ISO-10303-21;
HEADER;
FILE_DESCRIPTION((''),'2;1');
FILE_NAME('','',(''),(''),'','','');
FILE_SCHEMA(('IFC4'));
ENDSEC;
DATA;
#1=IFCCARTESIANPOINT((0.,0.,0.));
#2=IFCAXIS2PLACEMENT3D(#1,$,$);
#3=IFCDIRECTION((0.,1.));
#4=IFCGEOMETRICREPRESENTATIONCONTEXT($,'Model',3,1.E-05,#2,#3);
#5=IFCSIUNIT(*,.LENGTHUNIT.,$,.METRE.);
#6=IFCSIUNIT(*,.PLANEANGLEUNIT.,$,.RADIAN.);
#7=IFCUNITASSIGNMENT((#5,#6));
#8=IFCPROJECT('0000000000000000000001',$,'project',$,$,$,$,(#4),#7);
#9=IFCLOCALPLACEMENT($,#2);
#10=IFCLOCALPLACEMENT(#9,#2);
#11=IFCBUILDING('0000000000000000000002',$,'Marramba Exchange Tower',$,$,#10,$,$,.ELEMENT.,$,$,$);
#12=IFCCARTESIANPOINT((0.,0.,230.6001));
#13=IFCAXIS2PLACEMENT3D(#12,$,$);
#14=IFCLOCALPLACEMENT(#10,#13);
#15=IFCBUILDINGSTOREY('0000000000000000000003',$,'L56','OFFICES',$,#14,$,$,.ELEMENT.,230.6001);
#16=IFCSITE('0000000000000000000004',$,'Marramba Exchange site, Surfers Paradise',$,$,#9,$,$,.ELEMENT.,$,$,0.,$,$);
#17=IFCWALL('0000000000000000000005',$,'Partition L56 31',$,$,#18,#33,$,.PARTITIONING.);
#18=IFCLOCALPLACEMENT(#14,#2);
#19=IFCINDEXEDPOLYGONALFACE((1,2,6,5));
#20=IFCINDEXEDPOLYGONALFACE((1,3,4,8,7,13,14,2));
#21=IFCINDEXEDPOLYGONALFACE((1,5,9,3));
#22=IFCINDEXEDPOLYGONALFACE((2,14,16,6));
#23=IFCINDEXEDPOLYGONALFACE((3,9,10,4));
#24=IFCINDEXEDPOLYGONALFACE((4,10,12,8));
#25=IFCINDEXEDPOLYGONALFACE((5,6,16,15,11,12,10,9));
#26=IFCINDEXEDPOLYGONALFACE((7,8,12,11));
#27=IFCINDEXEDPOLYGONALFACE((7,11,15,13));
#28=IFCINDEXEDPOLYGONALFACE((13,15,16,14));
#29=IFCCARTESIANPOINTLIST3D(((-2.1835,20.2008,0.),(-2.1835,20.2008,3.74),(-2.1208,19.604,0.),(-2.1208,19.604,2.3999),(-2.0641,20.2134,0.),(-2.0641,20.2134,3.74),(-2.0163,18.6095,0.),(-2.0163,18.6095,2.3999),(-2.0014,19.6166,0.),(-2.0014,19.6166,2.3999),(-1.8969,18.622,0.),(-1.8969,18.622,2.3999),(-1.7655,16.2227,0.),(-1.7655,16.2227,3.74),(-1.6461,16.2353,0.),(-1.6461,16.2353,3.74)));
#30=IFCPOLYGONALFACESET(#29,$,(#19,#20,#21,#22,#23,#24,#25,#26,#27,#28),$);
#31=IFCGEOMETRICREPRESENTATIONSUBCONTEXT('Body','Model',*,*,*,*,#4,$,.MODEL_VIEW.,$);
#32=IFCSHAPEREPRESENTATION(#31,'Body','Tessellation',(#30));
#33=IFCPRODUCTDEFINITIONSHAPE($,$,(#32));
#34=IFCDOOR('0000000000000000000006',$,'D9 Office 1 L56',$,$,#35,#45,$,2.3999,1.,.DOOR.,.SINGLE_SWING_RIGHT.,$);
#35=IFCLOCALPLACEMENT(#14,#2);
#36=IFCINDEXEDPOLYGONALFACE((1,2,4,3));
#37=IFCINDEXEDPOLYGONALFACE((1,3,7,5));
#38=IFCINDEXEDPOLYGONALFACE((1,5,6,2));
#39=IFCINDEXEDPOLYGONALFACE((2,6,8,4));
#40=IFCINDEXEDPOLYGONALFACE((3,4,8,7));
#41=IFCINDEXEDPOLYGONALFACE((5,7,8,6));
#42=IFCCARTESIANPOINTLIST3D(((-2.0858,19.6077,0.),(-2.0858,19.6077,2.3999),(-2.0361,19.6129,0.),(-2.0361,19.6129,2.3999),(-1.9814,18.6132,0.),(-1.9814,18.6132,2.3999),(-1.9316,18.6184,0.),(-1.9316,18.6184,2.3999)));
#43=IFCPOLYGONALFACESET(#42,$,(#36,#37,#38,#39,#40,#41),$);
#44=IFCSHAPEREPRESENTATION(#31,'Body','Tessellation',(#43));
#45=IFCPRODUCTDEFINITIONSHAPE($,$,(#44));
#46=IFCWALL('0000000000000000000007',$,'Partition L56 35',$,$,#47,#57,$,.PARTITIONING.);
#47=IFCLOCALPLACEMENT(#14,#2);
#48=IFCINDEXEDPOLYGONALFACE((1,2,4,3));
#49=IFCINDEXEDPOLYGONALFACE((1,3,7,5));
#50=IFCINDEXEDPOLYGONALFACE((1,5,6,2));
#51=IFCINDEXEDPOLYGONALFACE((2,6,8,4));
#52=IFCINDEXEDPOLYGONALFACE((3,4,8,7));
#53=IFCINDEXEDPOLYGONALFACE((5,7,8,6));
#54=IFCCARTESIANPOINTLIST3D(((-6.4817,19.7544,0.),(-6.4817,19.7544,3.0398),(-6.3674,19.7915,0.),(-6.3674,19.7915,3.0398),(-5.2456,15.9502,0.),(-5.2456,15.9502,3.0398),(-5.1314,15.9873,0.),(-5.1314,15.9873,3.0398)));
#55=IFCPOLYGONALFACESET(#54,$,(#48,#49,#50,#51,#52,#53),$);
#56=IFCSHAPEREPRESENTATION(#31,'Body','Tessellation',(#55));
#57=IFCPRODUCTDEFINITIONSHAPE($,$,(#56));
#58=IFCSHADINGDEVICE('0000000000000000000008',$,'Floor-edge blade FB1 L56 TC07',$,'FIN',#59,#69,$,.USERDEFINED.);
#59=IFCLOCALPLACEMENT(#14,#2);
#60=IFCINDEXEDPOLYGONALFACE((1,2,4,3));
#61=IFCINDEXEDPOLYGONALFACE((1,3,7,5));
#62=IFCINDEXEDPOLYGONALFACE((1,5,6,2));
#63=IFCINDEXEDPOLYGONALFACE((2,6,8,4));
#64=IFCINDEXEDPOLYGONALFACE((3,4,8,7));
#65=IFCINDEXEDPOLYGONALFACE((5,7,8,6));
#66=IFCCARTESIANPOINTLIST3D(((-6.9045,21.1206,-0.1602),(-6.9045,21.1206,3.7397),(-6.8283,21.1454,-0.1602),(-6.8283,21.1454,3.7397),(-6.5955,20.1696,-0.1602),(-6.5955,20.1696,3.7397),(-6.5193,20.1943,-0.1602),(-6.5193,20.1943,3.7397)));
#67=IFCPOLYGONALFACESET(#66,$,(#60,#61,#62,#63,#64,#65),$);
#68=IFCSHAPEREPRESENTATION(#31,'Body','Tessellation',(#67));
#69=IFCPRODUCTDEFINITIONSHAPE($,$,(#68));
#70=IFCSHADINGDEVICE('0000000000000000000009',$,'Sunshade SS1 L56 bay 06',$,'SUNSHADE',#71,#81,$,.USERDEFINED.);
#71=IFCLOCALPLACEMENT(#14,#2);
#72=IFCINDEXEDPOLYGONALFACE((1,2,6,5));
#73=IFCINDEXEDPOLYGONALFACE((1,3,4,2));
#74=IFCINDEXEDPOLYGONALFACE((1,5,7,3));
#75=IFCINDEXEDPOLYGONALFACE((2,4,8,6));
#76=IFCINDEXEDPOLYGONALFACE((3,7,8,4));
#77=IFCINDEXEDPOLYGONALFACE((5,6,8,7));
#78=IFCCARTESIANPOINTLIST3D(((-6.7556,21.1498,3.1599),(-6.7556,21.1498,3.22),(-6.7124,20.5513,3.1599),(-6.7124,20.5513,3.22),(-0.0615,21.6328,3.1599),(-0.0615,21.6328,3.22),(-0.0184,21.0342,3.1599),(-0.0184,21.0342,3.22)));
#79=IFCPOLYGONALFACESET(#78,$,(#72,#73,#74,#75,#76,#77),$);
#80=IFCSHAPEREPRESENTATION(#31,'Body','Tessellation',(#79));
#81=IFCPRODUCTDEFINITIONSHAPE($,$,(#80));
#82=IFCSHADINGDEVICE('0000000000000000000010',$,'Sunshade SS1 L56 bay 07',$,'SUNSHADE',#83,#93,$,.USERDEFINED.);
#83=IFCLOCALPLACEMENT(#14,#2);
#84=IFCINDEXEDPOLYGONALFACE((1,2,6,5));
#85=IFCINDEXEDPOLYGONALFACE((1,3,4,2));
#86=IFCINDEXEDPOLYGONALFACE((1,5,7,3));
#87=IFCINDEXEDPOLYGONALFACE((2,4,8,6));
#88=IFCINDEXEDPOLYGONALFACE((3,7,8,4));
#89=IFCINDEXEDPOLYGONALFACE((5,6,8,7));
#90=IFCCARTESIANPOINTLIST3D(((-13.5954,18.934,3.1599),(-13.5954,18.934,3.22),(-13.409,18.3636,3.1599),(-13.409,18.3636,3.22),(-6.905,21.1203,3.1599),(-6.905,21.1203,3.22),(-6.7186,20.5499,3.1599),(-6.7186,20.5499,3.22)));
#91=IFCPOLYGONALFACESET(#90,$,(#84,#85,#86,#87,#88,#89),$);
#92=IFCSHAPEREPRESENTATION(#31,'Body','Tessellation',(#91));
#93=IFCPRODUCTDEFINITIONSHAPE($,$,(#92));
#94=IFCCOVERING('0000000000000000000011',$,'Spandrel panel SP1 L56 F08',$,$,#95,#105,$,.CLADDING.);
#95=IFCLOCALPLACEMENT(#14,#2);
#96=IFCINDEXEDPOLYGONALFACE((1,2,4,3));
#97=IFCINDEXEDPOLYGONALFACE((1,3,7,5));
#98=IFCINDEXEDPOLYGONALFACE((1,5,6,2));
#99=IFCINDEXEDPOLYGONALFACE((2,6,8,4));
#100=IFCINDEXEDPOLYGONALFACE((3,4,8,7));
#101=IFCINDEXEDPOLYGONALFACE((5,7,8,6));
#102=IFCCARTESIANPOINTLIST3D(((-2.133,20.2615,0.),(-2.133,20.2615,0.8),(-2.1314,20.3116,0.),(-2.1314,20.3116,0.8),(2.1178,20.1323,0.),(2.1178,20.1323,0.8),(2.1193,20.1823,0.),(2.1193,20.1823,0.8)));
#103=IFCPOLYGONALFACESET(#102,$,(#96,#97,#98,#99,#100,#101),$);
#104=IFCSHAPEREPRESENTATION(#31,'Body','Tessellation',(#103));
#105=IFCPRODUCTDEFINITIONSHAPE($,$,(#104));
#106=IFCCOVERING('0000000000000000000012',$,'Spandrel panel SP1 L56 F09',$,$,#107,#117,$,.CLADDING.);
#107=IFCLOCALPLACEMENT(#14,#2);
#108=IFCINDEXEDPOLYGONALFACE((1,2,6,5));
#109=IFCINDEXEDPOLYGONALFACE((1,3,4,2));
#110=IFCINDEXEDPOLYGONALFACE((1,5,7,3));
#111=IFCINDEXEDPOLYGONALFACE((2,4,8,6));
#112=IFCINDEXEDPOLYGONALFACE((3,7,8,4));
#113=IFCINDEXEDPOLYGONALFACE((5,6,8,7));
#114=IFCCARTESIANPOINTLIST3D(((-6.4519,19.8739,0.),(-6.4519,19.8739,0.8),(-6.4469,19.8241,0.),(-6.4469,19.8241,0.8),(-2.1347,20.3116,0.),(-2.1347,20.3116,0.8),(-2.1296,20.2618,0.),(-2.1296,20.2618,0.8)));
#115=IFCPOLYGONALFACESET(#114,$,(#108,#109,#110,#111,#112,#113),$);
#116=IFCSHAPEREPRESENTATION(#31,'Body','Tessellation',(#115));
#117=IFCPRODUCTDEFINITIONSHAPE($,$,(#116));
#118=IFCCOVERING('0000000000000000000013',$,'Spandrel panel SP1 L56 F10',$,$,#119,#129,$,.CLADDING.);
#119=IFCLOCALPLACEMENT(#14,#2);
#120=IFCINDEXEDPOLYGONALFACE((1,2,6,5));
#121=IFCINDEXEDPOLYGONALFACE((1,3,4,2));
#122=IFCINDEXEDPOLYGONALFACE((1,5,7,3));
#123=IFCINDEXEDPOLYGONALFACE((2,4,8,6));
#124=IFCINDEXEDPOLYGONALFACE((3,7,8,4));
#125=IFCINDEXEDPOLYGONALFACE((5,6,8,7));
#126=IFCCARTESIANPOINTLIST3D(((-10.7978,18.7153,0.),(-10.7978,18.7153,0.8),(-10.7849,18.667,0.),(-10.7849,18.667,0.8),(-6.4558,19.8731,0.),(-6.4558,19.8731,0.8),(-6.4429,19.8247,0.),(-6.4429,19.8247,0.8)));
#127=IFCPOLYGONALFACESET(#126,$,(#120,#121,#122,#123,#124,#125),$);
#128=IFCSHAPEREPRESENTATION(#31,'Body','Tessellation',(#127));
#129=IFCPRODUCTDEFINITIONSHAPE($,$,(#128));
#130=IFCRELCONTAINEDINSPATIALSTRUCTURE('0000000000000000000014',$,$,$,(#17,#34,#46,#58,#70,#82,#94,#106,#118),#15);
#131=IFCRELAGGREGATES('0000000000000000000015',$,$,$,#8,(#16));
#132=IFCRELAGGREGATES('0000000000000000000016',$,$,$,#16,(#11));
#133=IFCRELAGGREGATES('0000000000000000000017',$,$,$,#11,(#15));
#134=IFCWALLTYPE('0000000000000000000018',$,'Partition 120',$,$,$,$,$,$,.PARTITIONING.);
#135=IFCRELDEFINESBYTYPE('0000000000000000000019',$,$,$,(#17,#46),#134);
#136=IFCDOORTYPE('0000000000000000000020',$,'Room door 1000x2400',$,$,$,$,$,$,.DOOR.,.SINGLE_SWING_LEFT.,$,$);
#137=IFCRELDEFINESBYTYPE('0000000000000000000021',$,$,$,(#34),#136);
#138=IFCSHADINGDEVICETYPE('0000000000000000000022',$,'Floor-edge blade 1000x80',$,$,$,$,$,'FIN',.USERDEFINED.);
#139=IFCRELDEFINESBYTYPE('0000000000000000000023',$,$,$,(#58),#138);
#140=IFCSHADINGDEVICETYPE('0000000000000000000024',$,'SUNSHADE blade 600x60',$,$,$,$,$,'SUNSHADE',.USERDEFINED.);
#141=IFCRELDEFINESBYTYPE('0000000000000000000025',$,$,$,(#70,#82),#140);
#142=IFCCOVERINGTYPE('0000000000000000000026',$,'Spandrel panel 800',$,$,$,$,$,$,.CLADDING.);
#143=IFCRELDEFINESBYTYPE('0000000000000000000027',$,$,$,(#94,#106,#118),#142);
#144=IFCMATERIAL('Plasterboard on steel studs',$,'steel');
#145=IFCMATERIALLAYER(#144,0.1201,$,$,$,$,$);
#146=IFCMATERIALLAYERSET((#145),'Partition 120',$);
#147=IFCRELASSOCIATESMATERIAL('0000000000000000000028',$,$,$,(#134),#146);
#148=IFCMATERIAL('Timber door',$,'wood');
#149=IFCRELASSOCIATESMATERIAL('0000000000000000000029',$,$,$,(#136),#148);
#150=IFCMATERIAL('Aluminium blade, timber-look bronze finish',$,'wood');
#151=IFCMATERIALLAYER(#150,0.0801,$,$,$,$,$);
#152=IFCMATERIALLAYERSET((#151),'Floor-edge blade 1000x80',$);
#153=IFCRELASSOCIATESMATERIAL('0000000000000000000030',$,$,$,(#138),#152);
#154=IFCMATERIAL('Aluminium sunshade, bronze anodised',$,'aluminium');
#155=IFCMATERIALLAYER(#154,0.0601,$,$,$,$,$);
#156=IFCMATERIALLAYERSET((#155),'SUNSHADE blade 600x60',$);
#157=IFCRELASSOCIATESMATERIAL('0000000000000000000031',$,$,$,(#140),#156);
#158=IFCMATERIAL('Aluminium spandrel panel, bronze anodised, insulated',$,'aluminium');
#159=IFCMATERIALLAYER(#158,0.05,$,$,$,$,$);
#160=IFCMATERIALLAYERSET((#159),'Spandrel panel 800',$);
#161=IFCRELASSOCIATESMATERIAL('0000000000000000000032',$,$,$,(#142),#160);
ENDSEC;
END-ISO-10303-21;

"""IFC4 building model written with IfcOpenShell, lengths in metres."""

from ifc_helpers import new_model, si_unit, direction, frame, frame_2d, origin, origin_2d, place, context, subcontext, project, spatial, rectangle, extrude, material, layer, layer_set, type_object, element, fill, save


model = new_model("IFC4")

# Units and contexts
model_context = context("Model", 3, precision=1e-05, world=origin(), true_north=direction((0.0, 1.0)))
body_context = subcontext(model_context, "Body", "Model", "MODEL_VIEW")
ifc_project = project(units=[si_unit("LENGTHUNIT", "METRE"), si_unit("PLANEANGLEUNIT", "RADIAN")], contexts=[model_context])

# Site, building, storey
site_placement = place(None, origin())
site = spatial("IfcSite", under=ifc_project, at=site_placement, Name="Marramba Exchange site, Surfers Paradise", CompositionType="ELEMENT", RefElevation=0.0)
building_placement = place(site_placement, origin())
building = spatial("IfcBuilding", under=site, at=building_placement, Name="Marramba Exchange Tower", CompositionType="ELEMENT")
storey_placement = place(building_placement, frame((0.0, 0.0, 230.6001)))
storey = spatial("IfcBuildingStorey", under=building, at=storey_placement, Name="L56", Description="OFFICES", CompositionType="ELEMENT", Elevation=230.6001)

# Wall, opening, door
ifc_material_1 = material(Name="Plasterboard on steel studs", Category="steel")
ifc_layer_1 = layer(ifc_material_1, 0.1201)
ifc_layer_set_1 = layer_set([ifc_layer_1], Name="Partition 120")
wall_type = type_object("IfcWallType", Name="Partition 120", PredefinedType="PARTITIONING", material=ifc_layer_set_1)
wall_1_placement = place(storey_placement, frame((-1.7058, 16.229, 0.0), z_axis=(0.0, 0.0, 1.0), x_axis=(-0.104494, 0.994526, 0.0)))
wall_1 = element("IfcWall", 1, at=wall_1_placement, inside=storey, type_object=wall_type, Name="Partition L56 31", PredefinedType="PARTITIONING", context=body_context, shape_type="SweptSolid", body=[
    extrude(rectangle(XDim=4.0, YDim=0.1201, at=frame_2d((2.0, 0.0))), origin(), (0.0, 0.0, 1.0), 3.74),
])
opening_placement = place(wall_1_placement, frame((2.3999, 0.0, 0.0)))
opening = element("IfcOpeningElement", 2, at=opening_placement, cuts=wall_1, PredefinedType="OPENING", context=body_context, shape_type="SweptSolid", body=[
    extrude(rectangle(XDim=1.0, YDim=2.3999, at=frame_2d((0.5, 1.2))), frame((0.0, 0.0701, 0.0), z_axis=(0.0, -1.0, 0.0), x_axis=(1.0, 0.0, 0.0)), (0.0, 0.0, 1.0), 0.1401),
])
ifc_material_2 = material(Name="Timber door", Category="wood")
door_type = type_object("IfcDoorType", Name="Room door 1000x2400", OperationType="SINGLE_SWING_LEFT", PredefinedType="DOOR", material=ifc_material_2)
door_placement = place(opening_placement, origin())
door = element("IfcDoor", 3, at=door_placement, inside=storey, type_object=door_type, Name="D9 Office 1 L56", OperationType="SINGLE_SWING_RIGHT", OverallHeight=2.3999, OverallWidth=1.0, PredefinedType="DOOR", context=body_context, shape_type="SweptSolid", body=[
    extrude(rectangle(XDim=1.0, YDim=2.3999, at=frame_2d((0.5, 1.2))), frame((0.0, 0.0249, 0.0), z_axis=(0.0, -1.0, 0.0), x_axis=(1.0, 0.0, 0.0)), (0.0, 0.0, 1.0), 0.05),
])
fill(opening, door)

# Wall
wall_2_placement = place(storey_placement, frame((-6.4246, 19.7729, 0.0), z_axis=(0.0, 0.0, 1.0), x_axis=(0.309023, -0.951055, 0.0)))
element("IfcWall", 4, at=wall_2_placement, inside=storey, type_object=wall_type, Name="Partition L56 35", PredefinedType="PARTITIONING", context=body_context, shape_type="SweptSolid", body=[
    extrude(rectangle(XDim=4.0, YDim=0.1201, at=frame_2d((2.0, 0.0))), origin(), (0.0, 0.0, 1.0), 3.0398),
])

# Shading devices
ifc_material_3 = material(Name="Aluminium blade, timber-look bronze finish", Category="wood")
ifc_layer_2 = layer(ifc_material_3, 0.0801)
ifc_layer_set_2 = layer_set([ifc_layer_2], Name="Floor-edge blade 1000x80")
shading_device_type_1 = type_object("IfcShadingDeviceType", Name="Floor-edge blade 1000x80", ElementType="FIN", PredefinedType="USERDEFINED", material=ifc_layer_set_2)
shading_device_1_placement = place(storey_placement, frame((-6.7119, 20.6575, -0.1602), z_axis=(0.0, 0.0, 1.0), x_axis=(-0.309017, 0.951057, 0.0)))
element("IfcShadingDevice", 5, at=shading_device_1_placement, inside=storey, type_object=shading_device_type_1, Name="Floor-edge blade FB1 L56 TC07", ObjectType="FIN", PredefinedType="USERDEFINED", context=body_context, shape_type="SweptSolid", body=[
    extrude(rectangle(XDim=1.0, YDim=0.0801, at=origin_2d()), origin(), (0.0, 0.0, 1.0), 3.8999),
])
ifc_material_4 = material(Name="Aluminium sunshade, bronze anodised", Category="aluminium")
ifc_layer_3 = layer(ifc_material_4, 0.0601)
ifc_layer_set_3 = layer_set([ifc_layer_3], Name="SUNSHADE blade 600x60")
shading_device_type_2 = type_object("IfcShadingDeviceType", Name="SUNSHADE blade 600x60", ElementType="SUNSHADE", PredefinedType="USERDEFINED", material=ifc_layer_set_3)
shading_device_2_placement = place(storey_placement, frame((-3.387, 21.092, 3.1599), z_axis=(0.0, 0.0, 1.0), x_axis=(-0.997408, -0.071958, 0.0)))
element("IfcShadingDevice", 6, at=shading_device_2_placement, inside=storey, type_object=shading_device_type_2, Name="Sunshade SS1 L56 bay 06", ObjectType="SUNSHADE", PredefinedType="USERDEFINED", context=body_context, shape_type="SweptSolid", body=[
    extrude(rectangle(XDim=6.7114, YDim=0.6001, at=origin_2d()), origin(), (0.0, 0.0, 1.0), 0.0601),
])
shading_device_3_placement = place(storey_placement, frame((-10.157, 19.7419, 3.1599), z_axis=(0.0, 0.0, 1.0), x_axis=(-0.950538, -0.31061, 0.0)))
element("IfcShadingDevice", 7, at=shading_device_3_placement, inside=storey, type_object=shading_device_type_2, Name="Sunshade SS1 L56 bay 07", ObjectType="SUNSHADE", PredefinedType="USERDEFINED", context=body_context, shape_type="SweptSolid", body=[
    extrude(rectangle(XDim=7.0386, YDim=0.6001, at=origin_2d()), origin(), (0.0, 0.0, 1.0), 0.0601),
])

# Coverings
ifc_material_5 = material(Name="Aluminium spandrel panel, bronze anodised, insulated", Category="aluminium")
ifc_layer_4 = layer(ifc_material_5, 0.05)
ifc_layer_set_4 = layer_set([ifc_layer_4], Name="Spandrel panel 800")
covering_type = type_object("IfcCoveringType", Name="Spandrel panel 800", PredefinedType="CLADDING", material=ifc_layer_set_4)
covering_1_placement = place(storey_placement, frame((-0.0068, 20.2219, 0.0), z_axis=(0.0, 0.0, 1.0), x_axis=(-0.999538, 0.030394, 0.0)))
element("IfcCovering", 8, at=covering_1_placement, inside=storey, type_object=covering_type, Name="Spandrel panel SP1 L56 F08", PredefinedType="CLADDING", context=body_context, shape_type="SweptSolid", body=[
    extrude(rectangle(XDim=4.2527, YDim=0.05, at=origin_2d()), origin(), (0.0, 0.0, 1.0), 0.8),
])
covering_2_placement = place(storey_placement, frame((-4.2908, 20.0679, 0.0), z_axis=(0.0, 0.0, 1.0), x_axis=(-0.9949, -0.100863, 0.0)))
element("IfcCovering", 9, at=covering_2_placement, inside=storey, type_object=covering_type, Name="Spandrel panel SP1 L56 F09", PredefinedType="CLADDING", context=body_context, shape_type="SweptSolid", body=[
    extrude(rectangle(XDim=4.3394, YDim=0.05, at=origin_2d()), origin(), (0.0, 0.0, 1.0), 0.8),
])
covering_3_placement = place(storey_placement, frame((-8.6204, 19.27, 0.0), z_axis=(0.0, 0.0, 1.0), x_axis=(-0.966241, -0.257641, 0.0)))
element("IfcCovering", 10, at=covering_3_placement, inside=storey, type_object=covering_type, Name="Spandrel panel SP1 L56 F10", PredefinedType="CLADDING", context=body_context, shape_type="SweptSolid", body=[
    extrude(rectangle(XDim=4.4937, YDim=0.05, at=origin_2d()), origin(), (0.0, 0.0, 1.0), 0.8),
])

save(model, "model.ifc")
